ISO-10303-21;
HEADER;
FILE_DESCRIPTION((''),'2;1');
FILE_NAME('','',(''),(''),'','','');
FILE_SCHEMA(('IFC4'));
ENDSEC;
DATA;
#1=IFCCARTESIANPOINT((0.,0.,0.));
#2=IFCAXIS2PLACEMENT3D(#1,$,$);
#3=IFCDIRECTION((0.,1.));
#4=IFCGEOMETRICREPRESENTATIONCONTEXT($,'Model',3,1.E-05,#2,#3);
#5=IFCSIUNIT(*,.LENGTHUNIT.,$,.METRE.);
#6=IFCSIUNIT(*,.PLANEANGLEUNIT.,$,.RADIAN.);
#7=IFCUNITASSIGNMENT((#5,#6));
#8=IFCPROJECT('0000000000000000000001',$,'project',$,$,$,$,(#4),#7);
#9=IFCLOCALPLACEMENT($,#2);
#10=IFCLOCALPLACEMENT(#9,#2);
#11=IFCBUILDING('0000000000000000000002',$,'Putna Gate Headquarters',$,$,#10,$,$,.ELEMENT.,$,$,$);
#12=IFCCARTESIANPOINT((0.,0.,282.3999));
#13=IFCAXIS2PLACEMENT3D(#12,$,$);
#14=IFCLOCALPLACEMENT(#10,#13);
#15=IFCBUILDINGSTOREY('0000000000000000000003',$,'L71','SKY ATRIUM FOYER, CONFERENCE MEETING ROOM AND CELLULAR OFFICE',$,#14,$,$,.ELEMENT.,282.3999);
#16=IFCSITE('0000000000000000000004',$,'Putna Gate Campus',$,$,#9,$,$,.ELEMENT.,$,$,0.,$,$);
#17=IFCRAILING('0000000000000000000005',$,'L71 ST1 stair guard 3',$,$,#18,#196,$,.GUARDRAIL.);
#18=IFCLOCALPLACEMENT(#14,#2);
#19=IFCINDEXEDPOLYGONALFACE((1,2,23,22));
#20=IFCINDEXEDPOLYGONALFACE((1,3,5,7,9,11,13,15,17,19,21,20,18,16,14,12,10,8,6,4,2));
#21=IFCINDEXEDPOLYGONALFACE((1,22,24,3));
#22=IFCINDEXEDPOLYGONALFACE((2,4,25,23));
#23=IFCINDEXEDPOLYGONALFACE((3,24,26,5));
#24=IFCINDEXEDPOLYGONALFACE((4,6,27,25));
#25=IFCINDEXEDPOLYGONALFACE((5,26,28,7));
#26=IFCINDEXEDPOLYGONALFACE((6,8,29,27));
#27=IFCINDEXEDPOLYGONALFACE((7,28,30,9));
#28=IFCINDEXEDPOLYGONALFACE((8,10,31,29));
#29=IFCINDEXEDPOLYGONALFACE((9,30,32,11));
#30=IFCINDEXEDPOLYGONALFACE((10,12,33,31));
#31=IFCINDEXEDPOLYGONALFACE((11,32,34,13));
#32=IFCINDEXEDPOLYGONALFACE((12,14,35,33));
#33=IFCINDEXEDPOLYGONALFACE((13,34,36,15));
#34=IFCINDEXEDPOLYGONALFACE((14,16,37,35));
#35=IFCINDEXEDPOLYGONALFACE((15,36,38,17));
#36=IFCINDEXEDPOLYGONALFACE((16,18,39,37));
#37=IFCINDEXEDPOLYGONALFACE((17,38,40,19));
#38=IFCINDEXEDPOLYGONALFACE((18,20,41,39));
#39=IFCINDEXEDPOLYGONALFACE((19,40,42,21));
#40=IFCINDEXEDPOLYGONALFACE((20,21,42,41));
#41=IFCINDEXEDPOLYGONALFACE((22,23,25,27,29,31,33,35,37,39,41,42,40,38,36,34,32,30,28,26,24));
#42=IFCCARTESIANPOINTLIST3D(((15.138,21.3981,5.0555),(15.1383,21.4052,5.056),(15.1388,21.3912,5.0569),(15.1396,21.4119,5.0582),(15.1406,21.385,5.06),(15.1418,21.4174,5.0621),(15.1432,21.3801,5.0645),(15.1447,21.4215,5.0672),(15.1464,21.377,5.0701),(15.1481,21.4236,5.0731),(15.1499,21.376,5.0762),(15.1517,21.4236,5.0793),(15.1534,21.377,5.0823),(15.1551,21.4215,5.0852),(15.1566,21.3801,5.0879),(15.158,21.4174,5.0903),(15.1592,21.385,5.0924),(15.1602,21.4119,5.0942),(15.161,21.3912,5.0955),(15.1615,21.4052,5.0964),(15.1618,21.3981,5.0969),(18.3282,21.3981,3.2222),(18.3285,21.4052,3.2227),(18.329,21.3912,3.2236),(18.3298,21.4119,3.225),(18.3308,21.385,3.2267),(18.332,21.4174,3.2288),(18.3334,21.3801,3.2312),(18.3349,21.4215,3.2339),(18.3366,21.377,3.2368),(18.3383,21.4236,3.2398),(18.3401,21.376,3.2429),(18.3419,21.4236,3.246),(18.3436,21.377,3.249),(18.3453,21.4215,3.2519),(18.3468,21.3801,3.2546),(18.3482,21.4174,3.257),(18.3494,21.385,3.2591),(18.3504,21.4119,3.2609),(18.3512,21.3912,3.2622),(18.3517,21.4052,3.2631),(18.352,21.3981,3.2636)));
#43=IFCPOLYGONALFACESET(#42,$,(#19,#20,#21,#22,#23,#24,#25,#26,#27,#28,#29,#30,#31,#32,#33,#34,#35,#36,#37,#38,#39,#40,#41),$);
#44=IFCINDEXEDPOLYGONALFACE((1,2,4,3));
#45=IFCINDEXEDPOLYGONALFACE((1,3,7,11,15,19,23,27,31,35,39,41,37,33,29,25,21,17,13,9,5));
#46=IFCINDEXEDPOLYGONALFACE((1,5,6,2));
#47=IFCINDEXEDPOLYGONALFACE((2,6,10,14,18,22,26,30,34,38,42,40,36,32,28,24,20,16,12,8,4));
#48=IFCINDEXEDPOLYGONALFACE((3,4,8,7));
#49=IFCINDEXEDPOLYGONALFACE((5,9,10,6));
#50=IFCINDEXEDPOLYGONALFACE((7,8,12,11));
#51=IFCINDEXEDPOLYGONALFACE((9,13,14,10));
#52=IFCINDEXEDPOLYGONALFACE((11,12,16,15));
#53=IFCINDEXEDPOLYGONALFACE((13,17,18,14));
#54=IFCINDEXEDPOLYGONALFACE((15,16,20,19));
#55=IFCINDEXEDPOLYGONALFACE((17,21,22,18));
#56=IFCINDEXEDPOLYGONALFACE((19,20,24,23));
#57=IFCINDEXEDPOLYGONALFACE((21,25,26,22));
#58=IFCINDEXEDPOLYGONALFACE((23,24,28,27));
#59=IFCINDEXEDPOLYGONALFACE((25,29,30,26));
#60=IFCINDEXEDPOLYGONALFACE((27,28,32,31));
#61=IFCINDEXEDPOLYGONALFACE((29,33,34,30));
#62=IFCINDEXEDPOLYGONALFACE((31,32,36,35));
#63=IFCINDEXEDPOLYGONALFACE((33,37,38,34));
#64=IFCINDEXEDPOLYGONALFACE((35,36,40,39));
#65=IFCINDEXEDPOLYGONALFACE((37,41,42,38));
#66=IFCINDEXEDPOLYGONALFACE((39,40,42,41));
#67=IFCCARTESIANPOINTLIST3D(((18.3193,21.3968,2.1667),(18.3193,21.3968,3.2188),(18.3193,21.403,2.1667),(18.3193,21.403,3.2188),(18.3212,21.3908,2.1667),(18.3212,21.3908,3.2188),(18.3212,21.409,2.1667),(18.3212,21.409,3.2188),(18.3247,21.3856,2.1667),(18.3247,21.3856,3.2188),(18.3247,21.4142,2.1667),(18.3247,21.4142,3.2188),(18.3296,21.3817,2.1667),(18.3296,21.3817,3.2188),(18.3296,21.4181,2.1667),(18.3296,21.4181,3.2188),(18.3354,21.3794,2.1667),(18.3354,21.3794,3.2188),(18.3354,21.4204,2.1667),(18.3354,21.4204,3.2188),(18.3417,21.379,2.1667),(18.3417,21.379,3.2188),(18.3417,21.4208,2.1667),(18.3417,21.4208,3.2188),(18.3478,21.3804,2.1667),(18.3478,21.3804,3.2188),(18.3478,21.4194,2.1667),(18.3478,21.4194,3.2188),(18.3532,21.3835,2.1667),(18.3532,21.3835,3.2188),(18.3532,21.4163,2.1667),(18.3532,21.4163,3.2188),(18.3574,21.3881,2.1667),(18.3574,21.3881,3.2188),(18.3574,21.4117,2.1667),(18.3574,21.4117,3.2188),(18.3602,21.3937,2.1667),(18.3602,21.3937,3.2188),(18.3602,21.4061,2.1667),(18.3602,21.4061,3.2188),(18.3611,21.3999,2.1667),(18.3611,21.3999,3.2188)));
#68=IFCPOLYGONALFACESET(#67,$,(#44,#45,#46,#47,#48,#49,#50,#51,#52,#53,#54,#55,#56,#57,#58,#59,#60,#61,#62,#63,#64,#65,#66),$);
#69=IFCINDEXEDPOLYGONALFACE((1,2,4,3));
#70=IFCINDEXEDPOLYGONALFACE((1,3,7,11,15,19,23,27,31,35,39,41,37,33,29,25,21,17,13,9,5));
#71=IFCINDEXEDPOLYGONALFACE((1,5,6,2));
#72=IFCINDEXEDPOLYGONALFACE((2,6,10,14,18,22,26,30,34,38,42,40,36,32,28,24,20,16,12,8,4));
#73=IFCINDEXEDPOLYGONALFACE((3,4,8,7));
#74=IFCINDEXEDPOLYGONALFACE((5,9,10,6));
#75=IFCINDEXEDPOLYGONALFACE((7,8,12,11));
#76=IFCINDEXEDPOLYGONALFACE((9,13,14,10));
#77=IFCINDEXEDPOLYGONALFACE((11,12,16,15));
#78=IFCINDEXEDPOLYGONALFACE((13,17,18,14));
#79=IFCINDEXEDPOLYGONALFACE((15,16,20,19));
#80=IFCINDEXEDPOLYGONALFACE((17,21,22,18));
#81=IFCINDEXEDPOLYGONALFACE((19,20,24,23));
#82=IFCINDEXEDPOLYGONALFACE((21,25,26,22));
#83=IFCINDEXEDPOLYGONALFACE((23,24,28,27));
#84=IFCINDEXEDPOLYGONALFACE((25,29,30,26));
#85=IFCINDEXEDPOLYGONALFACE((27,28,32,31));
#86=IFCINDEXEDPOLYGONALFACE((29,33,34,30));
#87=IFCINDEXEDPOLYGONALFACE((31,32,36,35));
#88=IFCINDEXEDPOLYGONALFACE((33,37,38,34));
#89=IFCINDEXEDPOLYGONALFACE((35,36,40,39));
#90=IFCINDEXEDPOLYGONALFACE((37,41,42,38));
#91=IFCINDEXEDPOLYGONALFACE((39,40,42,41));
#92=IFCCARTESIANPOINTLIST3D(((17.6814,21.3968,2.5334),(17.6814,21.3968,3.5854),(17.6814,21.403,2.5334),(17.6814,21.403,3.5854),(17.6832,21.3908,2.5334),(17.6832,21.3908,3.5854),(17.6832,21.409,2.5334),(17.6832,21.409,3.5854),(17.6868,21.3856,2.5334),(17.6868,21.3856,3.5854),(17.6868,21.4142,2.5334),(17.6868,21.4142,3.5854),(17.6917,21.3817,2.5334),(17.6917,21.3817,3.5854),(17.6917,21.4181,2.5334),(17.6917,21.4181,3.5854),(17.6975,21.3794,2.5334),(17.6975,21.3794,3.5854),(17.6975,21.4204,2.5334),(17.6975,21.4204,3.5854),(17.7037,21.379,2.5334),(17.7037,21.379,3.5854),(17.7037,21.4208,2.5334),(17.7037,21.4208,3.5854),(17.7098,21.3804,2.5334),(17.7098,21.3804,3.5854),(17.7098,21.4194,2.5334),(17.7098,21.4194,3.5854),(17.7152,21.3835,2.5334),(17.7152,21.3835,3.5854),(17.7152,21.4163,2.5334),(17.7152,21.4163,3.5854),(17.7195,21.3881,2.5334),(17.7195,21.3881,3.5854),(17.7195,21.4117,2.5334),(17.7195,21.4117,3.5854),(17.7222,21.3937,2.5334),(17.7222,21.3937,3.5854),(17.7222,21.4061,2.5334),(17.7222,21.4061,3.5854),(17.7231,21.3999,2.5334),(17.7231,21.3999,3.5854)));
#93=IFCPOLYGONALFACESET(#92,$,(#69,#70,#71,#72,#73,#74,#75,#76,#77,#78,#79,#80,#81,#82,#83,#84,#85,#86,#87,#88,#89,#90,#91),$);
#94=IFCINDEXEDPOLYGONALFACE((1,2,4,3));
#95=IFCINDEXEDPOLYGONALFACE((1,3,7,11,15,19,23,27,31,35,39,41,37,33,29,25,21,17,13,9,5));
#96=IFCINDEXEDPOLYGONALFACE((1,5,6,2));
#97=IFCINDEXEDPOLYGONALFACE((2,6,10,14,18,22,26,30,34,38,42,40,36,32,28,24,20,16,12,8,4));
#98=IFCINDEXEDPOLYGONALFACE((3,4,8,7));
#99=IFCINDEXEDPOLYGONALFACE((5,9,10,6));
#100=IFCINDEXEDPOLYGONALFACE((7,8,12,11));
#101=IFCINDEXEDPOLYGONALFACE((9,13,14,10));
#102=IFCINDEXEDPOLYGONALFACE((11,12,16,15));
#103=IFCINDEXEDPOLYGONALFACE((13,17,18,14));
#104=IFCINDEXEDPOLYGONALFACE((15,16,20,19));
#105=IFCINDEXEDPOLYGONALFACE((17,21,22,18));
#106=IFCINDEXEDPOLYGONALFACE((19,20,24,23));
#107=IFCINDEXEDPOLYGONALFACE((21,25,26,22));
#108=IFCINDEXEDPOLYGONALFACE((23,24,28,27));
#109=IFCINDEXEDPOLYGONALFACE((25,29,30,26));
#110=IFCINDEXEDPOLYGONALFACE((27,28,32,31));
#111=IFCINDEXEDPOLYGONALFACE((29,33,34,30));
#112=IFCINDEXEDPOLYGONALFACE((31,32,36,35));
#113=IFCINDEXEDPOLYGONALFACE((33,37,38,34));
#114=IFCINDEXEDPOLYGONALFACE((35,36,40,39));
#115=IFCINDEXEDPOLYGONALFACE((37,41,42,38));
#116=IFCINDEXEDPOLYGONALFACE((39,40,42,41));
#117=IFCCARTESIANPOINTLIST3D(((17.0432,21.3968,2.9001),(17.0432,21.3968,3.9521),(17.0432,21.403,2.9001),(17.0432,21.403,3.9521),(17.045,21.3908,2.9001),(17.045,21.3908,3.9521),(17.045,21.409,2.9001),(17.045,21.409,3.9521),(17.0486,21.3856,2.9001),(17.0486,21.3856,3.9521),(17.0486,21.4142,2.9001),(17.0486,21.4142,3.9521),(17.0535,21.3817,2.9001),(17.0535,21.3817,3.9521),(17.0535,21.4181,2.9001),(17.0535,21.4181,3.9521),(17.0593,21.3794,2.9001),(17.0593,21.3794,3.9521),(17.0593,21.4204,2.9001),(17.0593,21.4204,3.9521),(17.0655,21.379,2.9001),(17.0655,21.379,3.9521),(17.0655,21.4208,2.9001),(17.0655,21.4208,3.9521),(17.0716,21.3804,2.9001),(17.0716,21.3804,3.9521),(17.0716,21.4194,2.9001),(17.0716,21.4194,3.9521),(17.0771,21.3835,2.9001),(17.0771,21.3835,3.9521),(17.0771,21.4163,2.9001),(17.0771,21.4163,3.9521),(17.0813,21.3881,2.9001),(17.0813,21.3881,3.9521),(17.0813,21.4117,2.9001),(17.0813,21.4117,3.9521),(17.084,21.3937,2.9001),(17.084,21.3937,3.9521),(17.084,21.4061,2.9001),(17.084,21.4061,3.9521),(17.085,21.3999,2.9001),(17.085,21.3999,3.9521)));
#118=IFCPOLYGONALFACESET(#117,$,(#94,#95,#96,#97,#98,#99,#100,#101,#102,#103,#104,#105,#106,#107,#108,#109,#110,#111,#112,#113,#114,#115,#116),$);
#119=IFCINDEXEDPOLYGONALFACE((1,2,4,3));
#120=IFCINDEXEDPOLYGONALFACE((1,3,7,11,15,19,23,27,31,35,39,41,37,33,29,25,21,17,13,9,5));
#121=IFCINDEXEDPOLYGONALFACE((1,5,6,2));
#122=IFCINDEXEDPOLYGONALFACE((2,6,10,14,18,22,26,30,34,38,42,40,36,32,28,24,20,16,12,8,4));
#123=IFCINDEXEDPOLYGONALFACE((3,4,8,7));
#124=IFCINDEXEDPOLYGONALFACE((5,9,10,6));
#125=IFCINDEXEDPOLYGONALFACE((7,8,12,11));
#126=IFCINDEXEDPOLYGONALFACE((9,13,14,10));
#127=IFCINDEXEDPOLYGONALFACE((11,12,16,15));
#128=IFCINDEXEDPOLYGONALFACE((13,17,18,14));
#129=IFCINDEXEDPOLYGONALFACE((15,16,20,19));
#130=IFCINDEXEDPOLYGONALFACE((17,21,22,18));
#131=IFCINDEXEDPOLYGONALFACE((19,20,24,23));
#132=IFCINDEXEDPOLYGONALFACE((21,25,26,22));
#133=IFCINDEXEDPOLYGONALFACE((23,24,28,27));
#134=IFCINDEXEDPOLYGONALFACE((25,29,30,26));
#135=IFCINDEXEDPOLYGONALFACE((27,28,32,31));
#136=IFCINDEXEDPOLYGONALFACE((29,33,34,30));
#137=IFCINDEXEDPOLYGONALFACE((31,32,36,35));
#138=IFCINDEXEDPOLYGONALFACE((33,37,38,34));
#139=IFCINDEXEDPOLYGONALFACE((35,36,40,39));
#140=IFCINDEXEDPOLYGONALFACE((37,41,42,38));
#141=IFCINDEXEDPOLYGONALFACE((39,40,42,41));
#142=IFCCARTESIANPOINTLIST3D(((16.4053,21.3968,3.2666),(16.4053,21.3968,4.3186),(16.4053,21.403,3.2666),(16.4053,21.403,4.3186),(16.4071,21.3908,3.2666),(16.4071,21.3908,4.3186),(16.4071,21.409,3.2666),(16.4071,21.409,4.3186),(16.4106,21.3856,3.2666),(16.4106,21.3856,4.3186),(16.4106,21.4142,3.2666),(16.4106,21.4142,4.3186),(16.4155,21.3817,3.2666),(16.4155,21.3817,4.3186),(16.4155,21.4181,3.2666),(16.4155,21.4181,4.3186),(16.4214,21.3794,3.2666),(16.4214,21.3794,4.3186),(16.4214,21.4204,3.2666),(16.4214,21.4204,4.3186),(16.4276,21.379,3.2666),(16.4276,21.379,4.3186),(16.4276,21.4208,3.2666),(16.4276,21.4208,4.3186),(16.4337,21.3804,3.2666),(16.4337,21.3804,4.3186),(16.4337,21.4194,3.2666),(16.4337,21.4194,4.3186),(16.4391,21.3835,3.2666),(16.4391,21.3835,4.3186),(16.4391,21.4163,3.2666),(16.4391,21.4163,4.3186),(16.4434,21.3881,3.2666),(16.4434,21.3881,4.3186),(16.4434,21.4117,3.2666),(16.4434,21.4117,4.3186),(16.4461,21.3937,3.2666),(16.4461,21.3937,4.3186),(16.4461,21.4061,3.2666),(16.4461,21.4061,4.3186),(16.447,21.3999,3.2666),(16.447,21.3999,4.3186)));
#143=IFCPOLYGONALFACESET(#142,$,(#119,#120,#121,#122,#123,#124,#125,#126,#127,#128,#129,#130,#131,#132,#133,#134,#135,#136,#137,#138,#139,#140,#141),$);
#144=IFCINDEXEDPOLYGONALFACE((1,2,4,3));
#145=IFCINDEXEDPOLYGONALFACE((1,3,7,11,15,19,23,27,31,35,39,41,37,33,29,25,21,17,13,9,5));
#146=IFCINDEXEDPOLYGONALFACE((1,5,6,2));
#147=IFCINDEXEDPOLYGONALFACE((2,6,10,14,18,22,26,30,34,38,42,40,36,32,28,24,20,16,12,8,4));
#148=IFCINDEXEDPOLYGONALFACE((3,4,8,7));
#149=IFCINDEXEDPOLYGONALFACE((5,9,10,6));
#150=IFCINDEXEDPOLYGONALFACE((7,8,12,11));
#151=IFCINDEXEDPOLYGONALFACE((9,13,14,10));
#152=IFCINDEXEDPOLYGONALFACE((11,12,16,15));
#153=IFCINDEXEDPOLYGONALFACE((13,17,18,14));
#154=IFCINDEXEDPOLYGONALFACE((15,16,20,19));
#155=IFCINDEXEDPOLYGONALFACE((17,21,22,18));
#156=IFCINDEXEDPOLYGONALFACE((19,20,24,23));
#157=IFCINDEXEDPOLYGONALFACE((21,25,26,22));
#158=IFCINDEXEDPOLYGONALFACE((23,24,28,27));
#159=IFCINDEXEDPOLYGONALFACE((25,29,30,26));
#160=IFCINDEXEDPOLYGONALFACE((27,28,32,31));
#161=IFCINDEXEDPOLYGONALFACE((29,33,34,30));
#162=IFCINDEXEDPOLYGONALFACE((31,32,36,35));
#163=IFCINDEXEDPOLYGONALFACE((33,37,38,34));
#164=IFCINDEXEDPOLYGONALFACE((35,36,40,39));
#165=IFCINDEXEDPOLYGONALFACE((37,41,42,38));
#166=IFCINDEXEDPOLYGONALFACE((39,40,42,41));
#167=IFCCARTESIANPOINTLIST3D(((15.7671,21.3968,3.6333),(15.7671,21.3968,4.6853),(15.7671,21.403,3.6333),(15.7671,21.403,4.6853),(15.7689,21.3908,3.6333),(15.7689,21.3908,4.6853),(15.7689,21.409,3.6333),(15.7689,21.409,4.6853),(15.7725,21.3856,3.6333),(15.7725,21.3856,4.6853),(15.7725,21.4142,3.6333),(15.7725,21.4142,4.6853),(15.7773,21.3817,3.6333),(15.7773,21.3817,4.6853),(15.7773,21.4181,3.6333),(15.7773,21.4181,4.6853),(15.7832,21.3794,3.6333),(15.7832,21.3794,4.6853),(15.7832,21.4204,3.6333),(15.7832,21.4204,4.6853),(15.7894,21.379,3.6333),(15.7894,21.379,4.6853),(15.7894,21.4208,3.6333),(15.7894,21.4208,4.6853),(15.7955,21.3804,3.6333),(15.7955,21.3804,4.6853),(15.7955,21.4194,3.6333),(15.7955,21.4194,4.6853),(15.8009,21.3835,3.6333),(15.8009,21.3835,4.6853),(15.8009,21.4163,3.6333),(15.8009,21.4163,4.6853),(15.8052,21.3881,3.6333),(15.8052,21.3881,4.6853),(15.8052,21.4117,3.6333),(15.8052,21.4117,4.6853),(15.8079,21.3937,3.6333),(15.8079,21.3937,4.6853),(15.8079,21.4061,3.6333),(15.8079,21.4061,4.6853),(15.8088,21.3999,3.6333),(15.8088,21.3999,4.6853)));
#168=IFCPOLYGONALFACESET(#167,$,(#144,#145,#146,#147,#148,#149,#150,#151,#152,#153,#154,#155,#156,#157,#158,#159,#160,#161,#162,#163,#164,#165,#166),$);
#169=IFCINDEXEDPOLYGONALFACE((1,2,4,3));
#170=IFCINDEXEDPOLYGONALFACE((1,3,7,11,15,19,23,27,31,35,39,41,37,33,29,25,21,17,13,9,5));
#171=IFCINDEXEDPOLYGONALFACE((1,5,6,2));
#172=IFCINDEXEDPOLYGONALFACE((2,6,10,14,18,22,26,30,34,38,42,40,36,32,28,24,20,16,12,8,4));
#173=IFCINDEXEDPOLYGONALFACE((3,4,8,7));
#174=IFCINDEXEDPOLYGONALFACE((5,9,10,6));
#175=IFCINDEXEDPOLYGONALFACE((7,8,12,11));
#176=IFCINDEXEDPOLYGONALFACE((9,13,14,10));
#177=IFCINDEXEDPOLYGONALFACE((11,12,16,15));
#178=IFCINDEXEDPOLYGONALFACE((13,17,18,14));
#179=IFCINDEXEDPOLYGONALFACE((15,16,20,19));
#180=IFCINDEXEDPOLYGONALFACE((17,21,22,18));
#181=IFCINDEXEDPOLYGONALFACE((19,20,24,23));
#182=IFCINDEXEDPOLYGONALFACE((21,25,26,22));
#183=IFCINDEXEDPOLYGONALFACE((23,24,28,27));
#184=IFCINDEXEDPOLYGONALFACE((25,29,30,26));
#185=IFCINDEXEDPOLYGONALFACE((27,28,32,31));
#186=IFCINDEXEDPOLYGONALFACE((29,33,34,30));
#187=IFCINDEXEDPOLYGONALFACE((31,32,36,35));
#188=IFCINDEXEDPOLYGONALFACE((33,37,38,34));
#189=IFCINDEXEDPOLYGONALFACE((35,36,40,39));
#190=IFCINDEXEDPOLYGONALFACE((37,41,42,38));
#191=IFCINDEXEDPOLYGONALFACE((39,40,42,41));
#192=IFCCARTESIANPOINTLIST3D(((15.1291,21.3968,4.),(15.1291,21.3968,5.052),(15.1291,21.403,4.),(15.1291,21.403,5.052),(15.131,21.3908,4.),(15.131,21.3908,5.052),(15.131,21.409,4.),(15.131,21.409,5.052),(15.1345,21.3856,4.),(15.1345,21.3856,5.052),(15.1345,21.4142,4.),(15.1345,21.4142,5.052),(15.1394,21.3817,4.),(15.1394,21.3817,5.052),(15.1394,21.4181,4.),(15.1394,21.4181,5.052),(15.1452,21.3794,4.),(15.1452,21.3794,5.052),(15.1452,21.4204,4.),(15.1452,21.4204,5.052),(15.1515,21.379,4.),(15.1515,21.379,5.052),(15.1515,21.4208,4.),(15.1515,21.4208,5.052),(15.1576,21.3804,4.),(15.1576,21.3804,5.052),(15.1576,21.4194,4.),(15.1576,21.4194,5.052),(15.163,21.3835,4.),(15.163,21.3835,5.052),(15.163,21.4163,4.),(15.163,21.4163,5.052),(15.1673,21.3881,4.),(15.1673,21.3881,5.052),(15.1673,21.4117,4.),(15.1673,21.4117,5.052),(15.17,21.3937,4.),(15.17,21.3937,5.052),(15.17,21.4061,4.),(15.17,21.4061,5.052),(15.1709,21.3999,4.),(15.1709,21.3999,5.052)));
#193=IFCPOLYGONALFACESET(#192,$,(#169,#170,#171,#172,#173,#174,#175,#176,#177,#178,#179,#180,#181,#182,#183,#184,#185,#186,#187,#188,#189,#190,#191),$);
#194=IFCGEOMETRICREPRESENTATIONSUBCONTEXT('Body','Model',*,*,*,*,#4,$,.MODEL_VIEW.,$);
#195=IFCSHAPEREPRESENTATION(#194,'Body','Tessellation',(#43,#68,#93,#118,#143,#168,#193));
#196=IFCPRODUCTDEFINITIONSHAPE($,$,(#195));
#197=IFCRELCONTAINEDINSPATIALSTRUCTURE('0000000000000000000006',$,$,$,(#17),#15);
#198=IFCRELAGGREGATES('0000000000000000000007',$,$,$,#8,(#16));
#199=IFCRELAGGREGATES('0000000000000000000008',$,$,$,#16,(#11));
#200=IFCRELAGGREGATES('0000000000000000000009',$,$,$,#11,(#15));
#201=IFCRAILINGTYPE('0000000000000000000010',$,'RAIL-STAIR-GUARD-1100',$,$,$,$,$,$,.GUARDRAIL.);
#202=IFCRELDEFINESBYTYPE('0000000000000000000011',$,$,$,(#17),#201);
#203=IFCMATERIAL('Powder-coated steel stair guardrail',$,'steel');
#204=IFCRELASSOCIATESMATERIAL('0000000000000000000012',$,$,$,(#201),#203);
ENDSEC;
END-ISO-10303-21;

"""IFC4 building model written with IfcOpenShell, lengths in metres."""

from ifc_helpers import new_model, si_unit, direction, frame, origin, origin_2d, place, context, subcontext, project, spatial, circle, extrude, material, type_object, element, save


model = new_model("IFC4")

# Units and contexts
model_context = context("Model", 3, precision=1e-05, world=origin(), true_north=direction((0.0, 1.0)))
body_context = subcontext(model_context, "Body", "Model", "MODEL_VIEW")
ifc_project = project(units=[si_unit("LENGTHUNIT", "METRE"), si_unit("PLANEANGLEUNIT", "RADIAN")], contexts=[model_context])

# Site, building, storey
site_placement = place(None, origin())
site = spatial("IfcSite", under=ifc_project, at=site_placement, Name="Putna Gate Campus", CompositionType="ELEMENT", RefElevation=0.0)
building_placement = place(site_placement, origin())
building = spatial("IfcBuilding", under=site, at=building_placement, Name="Putna Gate Headquarters", CompositionType="ELEMENT")
storey_placement = place(building_placement, frame((0.0, 0.0, 282.3999)))
storey = spatial("IfcBuildingStorey", under=building, at=storey_placement, Name="L71", Description="SKY ATRIUM FOYER, CONFERENCE MEETING ROOM AND CELLULAR OFFICE", CompositionType="ELEMENT", Elevation=282.3999)

# Railing
ifc_material_1 = material(Name="Powder-coated steel stair guardrail", Category="steel")
railing_type_1 = type_object("IfcRailingType", Name="RAIL-STAIR-GUARD-1100", PredefinedType="GUARDRAIL", material=ifc_material_1)
railing_1_placement = place(storey_placement, frame((18.3401, 21.3999, 2.1667)))
element("IfcRailing", 1, at=railing_1_placement, inside=storey, type_object=railing_type_1, Name="L71 ST1 stair guard 3", PredefinedType="GUARDRAIL", context=body_context, shape_type="SweptSolid", body=[
    extrude(circle(Radius=0.0239, at=origin_2d()), frame((0.0, 0.0, 1.0762), z_axis=(-0.867036, 0.0, 0.498245), x_axis=(0.0, -1.0, 0.0)), (0.0, 0.0, 1.0), 3.6794),
    extrude(circle(Radius=0.021, at=origin_2d()), origin(), (0.0, 0.0, 1.0), 1.052),
    extrude(circle(Radius=0.021, at=origin_2d()), frame((-0.6379, 0.0, 0.3667)), (0.0, 0.0, 1.0), 1.052),
    extrude(circle(Radius=0.021, at=origin_2d()), frame((-1.2761, 0.0, 0.7334)), (0.0, 0.0, 1.0), 1.052),
    extrude(circle(Radius=0.021, at=origin_2d()), frame((-1.9141, 0.0, 1.0999)), (0.0, 0.0, 1.0), 1.052),
    extrude(circle(Radius=0.021, at=origin_2d()), frame((-2.5522, 0.0, 1.4666)), (0.0, 0.0, 1.0), 1.052),
    extrude(circle(Radius=0.021, at=origin_2d()), frame((-3.1902, 0.0, 1.8333)), (0.0, 0.0, 1.0), 1.052),
])

save(model, "model.ifc")
